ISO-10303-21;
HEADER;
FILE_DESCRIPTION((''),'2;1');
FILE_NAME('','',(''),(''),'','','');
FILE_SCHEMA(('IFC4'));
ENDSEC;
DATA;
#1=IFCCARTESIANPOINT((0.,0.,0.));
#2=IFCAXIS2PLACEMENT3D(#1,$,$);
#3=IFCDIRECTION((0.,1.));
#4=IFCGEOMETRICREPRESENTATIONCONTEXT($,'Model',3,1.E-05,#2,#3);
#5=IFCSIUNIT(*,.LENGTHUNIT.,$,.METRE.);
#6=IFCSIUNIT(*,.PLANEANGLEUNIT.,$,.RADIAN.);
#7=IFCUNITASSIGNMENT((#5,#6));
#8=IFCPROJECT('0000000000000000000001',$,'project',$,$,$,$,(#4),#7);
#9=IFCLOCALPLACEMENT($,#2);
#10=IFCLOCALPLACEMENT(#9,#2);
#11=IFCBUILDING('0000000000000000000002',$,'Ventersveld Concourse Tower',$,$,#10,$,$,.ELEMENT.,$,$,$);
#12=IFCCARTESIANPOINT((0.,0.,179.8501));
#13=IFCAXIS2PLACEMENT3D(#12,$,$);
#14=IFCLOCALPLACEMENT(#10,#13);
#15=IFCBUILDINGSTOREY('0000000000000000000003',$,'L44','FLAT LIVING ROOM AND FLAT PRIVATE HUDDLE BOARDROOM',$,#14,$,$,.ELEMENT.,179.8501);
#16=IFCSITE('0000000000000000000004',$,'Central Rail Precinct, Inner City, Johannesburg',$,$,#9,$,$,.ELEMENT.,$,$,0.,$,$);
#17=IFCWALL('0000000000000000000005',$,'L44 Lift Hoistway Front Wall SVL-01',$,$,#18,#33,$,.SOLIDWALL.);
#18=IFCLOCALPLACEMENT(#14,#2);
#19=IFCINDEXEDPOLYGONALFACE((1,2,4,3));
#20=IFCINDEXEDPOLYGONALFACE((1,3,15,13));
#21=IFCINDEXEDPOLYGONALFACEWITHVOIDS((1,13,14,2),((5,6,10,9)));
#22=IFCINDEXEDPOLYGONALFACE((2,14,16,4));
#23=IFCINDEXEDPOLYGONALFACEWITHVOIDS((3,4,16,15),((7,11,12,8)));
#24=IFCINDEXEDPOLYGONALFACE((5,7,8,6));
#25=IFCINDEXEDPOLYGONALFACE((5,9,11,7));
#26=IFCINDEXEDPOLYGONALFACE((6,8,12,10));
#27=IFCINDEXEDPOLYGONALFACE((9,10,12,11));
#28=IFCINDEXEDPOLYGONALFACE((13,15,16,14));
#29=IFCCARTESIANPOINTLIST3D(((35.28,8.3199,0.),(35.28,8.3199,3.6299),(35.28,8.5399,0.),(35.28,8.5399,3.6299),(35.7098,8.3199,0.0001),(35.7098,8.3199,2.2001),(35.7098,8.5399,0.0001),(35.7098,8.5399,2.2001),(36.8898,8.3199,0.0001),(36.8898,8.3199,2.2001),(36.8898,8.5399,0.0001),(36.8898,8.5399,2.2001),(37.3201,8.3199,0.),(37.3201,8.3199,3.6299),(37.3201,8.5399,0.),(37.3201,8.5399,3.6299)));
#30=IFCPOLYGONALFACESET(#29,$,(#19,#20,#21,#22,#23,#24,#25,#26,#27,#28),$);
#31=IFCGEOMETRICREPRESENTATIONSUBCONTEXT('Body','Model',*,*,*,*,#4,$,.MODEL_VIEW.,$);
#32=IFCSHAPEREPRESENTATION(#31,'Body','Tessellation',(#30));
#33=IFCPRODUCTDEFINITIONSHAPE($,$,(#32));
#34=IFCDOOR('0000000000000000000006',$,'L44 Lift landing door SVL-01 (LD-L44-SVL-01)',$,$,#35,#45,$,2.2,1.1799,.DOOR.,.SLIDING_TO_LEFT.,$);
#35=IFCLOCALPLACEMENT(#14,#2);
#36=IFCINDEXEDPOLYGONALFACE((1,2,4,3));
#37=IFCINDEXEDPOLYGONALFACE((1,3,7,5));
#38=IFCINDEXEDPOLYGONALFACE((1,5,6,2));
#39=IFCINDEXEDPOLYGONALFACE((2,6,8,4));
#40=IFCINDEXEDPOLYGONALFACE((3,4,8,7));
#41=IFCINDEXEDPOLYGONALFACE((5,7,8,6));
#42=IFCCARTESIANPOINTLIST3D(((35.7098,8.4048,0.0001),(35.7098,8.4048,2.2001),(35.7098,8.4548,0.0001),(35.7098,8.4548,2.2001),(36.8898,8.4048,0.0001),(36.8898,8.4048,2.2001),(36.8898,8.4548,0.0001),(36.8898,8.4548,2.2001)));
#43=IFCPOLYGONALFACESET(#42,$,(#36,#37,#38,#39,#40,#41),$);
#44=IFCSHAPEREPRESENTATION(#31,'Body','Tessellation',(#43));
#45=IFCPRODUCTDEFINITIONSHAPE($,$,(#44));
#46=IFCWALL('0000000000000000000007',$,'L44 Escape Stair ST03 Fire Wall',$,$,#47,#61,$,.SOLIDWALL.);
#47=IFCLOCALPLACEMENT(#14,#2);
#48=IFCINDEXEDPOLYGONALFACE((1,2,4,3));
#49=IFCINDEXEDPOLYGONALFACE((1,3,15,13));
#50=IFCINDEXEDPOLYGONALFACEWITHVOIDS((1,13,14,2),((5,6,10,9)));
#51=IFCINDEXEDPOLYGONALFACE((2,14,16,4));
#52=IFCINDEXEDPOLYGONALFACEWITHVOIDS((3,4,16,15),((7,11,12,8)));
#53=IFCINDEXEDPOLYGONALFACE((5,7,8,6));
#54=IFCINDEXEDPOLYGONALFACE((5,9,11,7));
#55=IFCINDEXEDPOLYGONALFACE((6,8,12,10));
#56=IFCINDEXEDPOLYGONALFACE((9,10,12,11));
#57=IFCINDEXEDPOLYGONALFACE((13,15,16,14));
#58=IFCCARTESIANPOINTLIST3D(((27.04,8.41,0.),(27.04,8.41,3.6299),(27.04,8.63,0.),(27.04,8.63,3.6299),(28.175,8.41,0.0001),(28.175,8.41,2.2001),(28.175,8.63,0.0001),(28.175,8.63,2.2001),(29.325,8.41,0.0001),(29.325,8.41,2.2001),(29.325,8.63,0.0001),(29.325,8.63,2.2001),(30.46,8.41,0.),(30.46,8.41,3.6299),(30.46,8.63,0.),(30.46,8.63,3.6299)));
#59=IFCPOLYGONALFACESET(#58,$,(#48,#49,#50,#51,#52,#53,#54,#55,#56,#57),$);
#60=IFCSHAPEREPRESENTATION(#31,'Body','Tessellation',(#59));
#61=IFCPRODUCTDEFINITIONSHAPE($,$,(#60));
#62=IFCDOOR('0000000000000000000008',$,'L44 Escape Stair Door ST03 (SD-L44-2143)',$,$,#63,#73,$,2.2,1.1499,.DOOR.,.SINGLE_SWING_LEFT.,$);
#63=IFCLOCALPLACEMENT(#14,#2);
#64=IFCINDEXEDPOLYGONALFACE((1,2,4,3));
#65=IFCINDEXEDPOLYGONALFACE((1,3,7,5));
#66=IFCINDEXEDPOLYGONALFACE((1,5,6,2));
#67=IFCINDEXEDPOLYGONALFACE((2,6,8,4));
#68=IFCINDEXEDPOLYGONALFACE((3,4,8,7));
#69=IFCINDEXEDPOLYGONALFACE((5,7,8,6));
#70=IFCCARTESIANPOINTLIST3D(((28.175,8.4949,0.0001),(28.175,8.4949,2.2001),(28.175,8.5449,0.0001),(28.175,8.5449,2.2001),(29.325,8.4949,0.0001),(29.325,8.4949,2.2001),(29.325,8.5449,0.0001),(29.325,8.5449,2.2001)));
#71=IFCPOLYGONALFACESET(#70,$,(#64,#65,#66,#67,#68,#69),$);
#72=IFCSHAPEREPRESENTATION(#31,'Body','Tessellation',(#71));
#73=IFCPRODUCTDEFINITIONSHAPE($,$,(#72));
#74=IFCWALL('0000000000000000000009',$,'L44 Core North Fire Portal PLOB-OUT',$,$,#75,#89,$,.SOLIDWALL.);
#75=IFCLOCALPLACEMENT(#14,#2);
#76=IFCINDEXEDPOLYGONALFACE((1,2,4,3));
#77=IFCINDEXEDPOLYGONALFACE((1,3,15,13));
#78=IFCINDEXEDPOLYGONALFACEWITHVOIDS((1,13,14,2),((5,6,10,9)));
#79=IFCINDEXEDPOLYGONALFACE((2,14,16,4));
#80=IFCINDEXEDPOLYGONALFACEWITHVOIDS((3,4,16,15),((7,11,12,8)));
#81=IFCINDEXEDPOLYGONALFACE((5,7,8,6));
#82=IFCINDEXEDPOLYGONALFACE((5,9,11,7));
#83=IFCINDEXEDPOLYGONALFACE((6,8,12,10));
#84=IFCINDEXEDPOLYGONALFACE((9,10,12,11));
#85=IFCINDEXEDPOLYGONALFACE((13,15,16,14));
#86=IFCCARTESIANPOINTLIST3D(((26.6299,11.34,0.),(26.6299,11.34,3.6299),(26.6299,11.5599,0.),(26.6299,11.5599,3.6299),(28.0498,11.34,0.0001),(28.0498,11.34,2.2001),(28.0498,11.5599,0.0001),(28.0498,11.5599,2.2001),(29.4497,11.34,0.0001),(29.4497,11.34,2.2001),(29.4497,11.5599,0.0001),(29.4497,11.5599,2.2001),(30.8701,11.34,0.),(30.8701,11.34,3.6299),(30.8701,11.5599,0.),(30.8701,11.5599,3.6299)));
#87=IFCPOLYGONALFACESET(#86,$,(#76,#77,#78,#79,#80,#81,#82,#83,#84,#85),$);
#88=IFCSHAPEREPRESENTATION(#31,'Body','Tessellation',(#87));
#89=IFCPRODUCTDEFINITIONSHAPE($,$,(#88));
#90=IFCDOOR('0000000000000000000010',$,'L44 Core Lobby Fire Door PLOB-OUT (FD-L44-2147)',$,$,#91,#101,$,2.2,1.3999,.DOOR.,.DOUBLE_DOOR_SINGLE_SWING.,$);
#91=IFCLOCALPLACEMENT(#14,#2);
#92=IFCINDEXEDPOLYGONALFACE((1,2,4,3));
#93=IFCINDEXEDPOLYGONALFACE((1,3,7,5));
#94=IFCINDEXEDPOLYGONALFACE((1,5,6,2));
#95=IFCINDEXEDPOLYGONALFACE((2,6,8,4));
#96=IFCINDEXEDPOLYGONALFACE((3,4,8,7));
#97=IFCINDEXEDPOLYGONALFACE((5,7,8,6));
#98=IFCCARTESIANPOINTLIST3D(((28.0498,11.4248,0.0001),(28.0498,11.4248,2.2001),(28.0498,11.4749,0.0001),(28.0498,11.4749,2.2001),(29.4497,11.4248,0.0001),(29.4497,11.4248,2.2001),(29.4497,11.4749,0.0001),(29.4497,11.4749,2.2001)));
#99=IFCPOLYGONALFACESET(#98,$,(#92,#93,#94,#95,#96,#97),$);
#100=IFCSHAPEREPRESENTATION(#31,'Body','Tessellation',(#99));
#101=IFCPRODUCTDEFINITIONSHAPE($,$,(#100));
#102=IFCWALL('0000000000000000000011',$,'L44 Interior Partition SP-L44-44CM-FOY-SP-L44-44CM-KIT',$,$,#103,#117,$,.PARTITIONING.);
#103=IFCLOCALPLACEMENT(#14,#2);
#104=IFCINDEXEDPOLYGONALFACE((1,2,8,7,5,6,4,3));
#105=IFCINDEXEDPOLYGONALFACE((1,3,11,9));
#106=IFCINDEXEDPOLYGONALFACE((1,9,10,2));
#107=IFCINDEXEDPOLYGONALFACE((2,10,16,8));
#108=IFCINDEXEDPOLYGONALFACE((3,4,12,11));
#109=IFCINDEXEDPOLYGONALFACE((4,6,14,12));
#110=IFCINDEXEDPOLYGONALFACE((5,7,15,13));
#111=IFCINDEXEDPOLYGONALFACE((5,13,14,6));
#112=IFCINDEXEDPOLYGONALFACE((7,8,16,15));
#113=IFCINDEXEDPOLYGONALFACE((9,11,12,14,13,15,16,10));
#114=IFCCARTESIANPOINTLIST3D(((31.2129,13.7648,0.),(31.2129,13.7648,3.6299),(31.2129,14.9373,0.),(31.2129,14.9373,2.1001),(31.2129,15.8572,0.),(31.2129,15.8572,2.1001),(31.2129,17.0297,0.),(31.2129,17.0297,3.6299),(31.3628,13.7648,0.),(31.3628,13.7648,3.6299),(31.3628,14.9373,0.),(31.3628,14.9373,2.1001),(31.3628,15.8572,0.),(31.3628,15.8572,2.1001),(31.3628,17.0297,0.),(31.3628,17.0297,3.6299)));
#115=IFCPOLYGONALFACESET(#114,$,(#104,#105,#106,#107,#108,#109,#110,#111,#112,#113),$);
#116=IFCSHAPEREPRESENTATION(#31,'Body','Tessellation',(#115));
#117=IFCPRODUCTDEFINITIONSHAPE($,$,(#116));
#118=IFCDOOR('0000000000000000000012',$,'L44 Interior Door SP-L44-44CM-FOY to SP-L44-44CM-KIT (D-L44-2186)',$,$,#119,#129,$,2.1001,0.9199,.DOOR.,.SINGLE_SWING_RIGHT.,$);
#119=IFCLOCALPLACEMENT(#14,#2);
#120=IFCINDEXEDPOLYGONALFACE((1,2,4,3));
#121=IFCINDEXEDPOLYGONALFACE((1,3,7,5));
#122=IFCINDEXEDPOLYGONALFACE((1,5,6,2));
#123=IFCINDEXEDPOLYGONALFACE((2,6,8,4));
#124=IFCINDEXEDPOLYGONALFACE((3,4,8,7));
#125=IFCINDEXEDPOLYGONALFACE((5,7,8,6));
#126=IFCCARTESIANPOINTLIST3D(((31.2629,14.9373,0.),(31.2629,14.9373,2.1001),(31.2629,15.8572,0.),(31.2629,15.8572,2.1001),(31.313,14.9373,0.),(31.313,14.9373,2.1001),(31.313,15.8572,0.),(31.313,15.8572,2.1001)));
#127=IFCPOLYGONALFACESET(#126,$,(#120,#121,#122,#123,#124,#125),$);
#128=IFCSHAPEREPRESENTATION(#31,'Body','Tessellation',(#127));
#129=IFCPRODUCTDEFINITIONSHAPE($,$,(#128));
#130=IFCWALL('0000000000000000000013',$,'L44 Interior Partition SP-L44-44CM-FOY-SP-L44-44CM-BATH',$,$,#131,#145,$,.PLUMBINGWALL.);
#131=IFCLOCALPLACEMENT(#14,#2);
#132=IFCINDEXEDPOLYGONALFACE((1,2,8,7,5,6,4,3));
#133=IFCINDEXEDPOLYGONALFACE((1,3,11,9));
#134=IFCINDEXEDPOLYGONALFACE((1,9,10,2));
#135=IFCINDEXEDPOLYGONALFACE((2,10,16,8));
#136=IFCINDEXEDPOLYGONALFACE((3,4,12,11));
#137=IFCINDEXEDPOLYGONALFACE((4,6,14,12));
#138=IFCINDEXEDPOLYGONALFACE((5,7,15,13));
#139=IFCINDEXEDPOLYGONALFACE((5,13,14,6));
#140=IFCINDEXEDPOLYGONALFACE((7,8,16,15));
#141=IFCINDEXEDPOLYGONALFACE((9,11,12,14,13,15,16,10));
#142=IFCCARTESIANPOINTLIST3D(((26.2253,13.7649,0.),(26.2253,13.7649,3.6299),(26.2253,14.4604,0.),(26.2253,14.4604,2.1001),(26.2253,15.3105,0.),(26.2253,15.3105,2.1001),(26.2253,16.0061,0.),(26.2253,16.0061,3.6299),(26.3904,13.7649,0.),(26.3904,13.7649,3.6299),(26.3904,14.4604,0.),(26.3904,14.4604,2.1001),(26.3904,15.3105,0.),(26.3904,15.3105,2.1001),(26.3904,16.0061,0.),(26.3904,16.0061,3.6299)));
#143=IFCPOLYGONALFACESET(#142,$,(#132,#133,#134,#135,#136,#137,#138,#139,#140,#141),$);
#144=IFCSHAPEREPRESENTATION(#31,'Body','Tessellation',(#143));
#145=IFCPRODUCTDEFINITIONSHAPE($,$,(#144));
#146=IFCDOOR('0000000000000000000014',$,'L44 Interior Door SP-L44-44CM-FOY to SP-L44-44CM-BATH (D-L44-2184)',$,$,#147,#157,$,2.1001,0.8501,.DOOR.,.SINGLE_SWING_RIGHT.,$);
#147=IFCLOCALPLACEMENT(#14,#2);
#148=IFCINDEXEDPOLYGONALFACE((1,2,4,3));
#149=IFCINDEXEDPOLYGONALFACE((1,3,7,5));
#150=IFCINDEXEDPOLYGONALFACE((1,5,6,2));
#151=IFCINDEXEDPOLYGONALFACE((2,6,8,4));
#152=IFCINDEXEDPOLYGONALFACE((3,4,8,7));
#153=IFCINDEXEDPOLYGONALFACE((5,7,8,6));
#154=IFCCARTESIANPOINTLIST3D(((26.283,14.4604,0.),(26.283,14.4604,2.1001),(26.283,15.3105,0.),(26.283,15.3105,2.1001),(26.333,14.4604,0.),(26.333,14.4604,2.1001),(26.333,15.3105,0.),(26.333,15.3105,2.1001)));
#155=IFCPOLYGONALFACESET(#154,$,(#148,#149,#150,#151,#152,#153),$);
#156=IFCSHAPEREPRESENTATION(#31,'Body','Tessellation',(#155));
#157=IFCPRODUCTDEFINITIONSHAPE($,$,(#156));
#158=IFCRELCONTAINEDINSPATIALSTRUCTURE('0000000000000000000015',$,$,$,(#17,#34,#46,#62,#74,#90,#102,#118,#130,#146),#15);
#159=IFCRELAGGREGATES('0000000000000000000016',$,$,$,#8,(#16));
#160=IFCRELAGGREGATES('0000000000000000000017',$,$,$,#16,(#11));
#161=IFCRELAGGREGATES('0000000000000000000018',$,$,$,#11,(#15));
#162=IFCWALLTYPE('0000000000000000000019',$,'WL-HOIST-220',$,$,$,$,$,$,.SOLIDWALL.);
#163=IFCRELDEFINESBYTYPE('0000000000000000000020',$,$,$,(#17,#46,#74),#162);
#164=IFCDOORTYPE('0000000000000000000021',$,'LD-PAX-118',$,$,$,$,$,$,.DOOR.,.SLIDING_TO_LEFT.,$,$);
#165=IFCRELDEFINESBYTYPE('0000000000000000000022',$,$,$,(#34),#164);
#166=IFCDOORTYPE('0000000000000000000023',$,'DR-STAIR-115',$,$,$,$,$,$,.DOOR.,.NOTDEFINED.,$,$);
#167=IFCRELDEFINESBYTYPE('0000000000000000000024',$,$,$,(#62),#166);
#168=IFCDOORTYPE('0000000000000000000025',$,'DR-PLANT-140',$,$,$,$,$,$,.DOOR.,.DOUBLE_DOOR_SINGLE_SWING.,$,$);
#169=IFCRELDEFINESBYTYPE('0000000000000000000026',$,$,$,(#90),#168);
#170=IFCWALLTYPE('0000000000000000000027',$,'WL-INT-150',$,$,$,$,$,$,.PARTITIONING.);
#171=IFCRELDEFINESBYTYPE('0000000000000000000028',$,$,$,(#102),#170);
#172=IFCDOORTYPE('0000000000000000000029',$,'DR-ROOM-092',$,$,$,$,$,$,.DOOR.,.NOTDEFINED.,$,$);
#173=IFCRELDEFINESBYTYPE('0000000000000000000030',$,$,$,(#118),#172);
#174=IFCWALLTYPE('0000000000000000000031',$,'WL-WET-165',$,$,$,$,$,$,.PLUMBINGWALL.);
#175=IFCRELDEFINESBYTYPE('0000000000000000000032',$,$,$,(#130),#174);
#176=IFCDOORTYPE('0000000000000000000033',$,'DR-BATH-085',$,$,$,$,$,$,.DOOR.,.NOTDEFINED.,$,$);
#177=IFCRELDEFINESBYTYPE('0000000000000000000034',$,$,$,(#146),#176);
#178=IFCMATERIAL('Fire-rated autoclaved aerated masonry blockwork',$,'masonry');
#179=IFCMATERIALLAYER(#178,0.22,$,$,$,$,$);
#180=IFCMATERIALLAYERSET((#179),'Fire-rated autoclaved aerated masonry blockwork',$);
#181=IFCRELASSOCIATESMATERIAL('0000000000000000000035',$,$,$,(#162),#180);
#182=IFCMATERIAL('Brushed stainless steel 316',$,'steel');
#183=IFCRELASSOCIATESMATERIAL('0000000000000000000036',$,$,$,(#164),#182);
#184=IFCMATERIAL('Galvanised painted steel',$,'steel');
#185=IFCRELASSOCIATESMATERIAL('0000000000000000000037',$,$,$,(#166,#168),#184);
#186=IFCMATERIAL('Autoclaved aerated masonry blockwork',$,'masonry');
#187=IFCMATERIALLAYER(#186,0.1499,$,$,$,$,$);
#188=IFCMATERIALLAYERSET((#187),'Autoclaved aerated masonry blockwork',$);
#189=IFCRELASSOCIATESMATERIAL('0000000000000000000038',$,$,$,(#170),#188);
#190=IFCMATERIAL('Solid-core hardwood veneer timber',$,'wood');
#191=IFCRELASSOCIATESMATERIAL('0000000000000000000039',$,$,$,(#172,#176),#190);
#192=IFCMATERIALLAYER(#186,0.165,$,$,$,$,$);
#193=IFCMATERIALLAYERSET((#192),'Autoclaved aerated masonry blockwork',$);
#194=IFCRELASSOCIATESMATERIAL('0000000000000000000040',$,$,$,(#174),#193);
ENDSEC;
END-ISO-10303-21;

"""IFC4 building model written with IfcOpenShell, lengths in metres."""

from ifc_helpers import new_model, si_unit, direction, frame, frame_2d, origin, place, context, subcontext, project, spatial, rectangle, extrude, material, layer, layer_set, type_object, element, fill, save


model = new_model("IFC4")

# Units and contexts
model_context = context("Model", 3, precision=1e-05, world=origin(), true_north=direction((0.0, 1.0)))
body_context = subcontext(model_context, "Body", "Model", "MODEL_VIEW")
ifc_project = project(units=[si_unit("LENGTHUNIT", "METRE"), si_unit("PLANEANGLEUNIT", "RADIAN")], contexts=[model_context])

# Site, building, storey
site_placement = place(None, origin())
site = spatial("IfcSite", under=ifc_project, at=site_placement, Name="Central Rail Precinct, Inner City, Johannesburg", CompositionType="ELEMENT", RefElevation=0.0)
building_placement = place(site_placement, origin())
building = spatial("IfcBuilding", under=site, at=building_placement, Name="Ventersveld Concourse Tower", CompositionType="ELEMENT")
storey_placement = place(building_placement, frame((0.0, 0.0, 179.8501)))
storey = spatial("IfcBuildingStorey", under=building, at=storey_placement, Name="L44", Description="FLAT LIVING ROOM AND FLAT PRIVATE HUDDLE BOARDROOM", CompositionType="ELEMENT", Elevation=179.8501)

# Shared definitions
ifc_material_1 = material(Name="Fire-rated autoclaved aerated masonry blockwork", Category="masonry")
ifc_material_2 = material(Name="Solid-core hardwood veneer timber", Category="wood")

# Shared definitions
ifc_layer_1 = layer(ifc_material_1, 0.22)
ifc_layer_set_1 = layer_set([ifc_layer_1], Name="Fire-rated autoclaved aerated masonry blockwork")
wall_type_1 = type_object("IfcWallType", Name="WL-HOIST-220", PredefinedType="SOLIDWALL", material=ifc_layer_set_1)

# Walls, openings, doors
wall_1_placement = place(storey_placement, frame((35.28, 8.4299, 0.0), z_axis=(0.0, 0.0, 1.0), x_axis=(1.0, 0.0, 0.0)))
wall_1 = element("IfcWall", 1, at=wall_1_placement, inside=storey, type_object=wall_type_1, Name="L44 Lift Hoistway Front Wall SVL-01", PredefinedType="SOLIDWALL", context=body_context, shape_type="SweptSolid", body=[
    extrude(rectangle(XDim=2.04, YDim=0.22, at=frame_2d((1.02, 0.0))), origin(), (0.0, 0.0, 1.0), 3.6299),
])
opening_1_placement = place(wall_1_placement, frame((0.4299, 0.0, 0.0)))
opening_1 = element("IfcOpeningElement", 2, at=opening_1_placement, cuts=wall_1, PredefinedType="OPENING", context=body_context, shape_type="SweptSolid", body=[
    extrude(rectangle(XDim=1.1799, YDim=2.2, at=frame_2d((0.5898, 1.1001))), frame((0.0, 0.1201, 0.0), z_axis=(0.0, -1.0, 0.0), x_axis=(1.0, 0.0, 0.0)), (0.0, 0.0, 1.0), 0.24),
])
ifc_material_3 = material(Name="Brushed stainless steel 316", Category="steel")
door_type_1 = type_object("IfcDoorType", Name="LD-PAX-118", OperationType="SLIDING_TO_LEFT", PredefinedType="DOOR", material=ifc_material_3)
door_1_placement = place(opening_1_placement, origin())
door_1 = element("IfcDoor", 3, at=door_1_placement, inside=storey, type_object=door_type_1, Name="L44 Lift landing door SVL-01 (LD-L44-SVL-01)", OperationType="SLIDING_TO_LEFT", OverallHeight=2.2, OverallWidth=1.1799, PredefinedType="DOOR", context=body_context, shape_type="SweptSolid", body=[
    extrude(rectangle(XDim=1.1799, YDim=2.2, at=frame_2d((0.5898, 1.1001))), frame((0.0, 0.0249, 0.0), z_axis=(0.0, -1.0, 0.0), x_axis=(1.0, 0.0, 0.0)), (0.0, 0.0, 1.0), 0.05),
])
fill(opening_1, door_1)
wall_2_placement = place(storey_placement, frame((27.04, 8.52, 0.0), z_axis=(0.0, 0.0, 1.0), x_axis=(1.0, 0.0, 0.0)))
wall_2 = element("IfcWall", 4, at=wall_2_placement, inside=storey, type_object=wall_type_1, Name="L44 Escape Stair ST03 Fire Wall", PredefinedType="SOLIDWALL", context=body_context, shape_type="SweptSolid", body=[
    extrude(rectangle(XDim=3.4199, YDim=0.22, at=frame_2d((1.71, 0.0))), origin(), (0.0, 0.0, 1.0), 3.6299),
])
opening_2_placement = place(wall_2_placement, frame((1.135, 0.0, 0.0)))
opening_2 = element("IfcOpeningElement", 5, at=opening_2_placement, cuts=wall_2, PredefinedType="OPENING", context=body_context, shape_type="SweptSolid", body=[
    extrude(rectangle(XDim=1.1499, YDim=2.2, at=frame_2d((0.575, 1.1001))), frame((0.0, 0.1201, 0.0), z_axis=(0.0, -1.0, 0.0), x_axis=(1.0, 0.0, 0.0)), (0.0, 0.0, 1.0), 0.24),
])
ifc_material_4 = material(Name="Galvanised painted steel", Category="steel")
door_type_2 = type_object("IfcDoorType", Name="DR-STAIR-115", OperationType="NOTDEFINED", PredefinedType="DOOR", material=ifc_material_4)
door_2_placement = place(opening_2_placement, origin())
door_2 = element("IfcDoor", 6, at=door_2_placement, inside=storey, type_object=door_type_2, Name="L44 Escape Stair Door ST03 (SD-L44-2143)", OperationType="SINGLE_SWING_LEFT", OverallHeight=2.2, OverallWidth=1.1499, PredefinedType="DOOR", context=body_context, shape_type="SweptSolid", body=[
    extrude(rectangle(XDim=1.1499, YDim=2.2, at=frame_2d((0.575, 1.1001))), frame((0.0, 0.0249, 0.0), z_axis=(0.0, -1.0, 0.0), x_axis=(1.0, 0.0, 0.0)), (0.0, 0.0, 1.0), 0.05),
])
fill(opening_2, door_2)
wall_3_placement = place(storey_placement, frame((26.6299, 11.45, 0.0), z_axis=(0.0, 0.0, 1.0), x_axis=(1.0, 0.0, 0.0)))
wall_3 = element("IfcWall", 7, at=wall_3_placement, inside=storey, type_object=wall_type_1, Name="L44 Core North Fire Portal PLOB-OUT", PredefinedType="SOLIDWALL", context=body_context, shape_type="SweptSolid", body=[
    extrude(rectangle(XDim=4.2402, YDim=0.22, at=frame_2d((2.1201, 0.0))), origin(), (0.0, 0.0, 1.0), 3.6299),
])
opening_3_placement = place(wall_3_placement, frame((1.4199, 0.0, 0.0)))
opening_3 = element("IfcOpeningElement", 8, at=opening_3_placement, cuts=wall_3, PredefinedType="OPENING", context=body_context, shape_type="SweptSolid", body=[
    extrude(rectangle(XDim=1.3999, YDim=2.2, at=frame_2d((0.7, 1.1001))), frame((0.0, 0.1201, 0.0), z_axis=(0.0, -1.0, 0.0), x_axis=(1.0, 0.0, 0.0)), (0.0, 0.0, 1.0), 0.24),
])
door_type_3 = type_object("IfcDoorType", Name="DR-PLANT-140", OperationType="DOUBLE_DOOR_SINGLE_SWING", PredefinedType="DOOR", material=ifc_material_4)
door_3_placement = place(opening_3_placement, origin())
door_3 = element("IfcDoor", 9, at=door_3_placement, inside=storey, type_object=door_type_3, Name="L44 Core Lobby Fire Door PLOB-OUT (FD-L44-2147)", OperationType="DOUBLE_DOOR_SINGLE_SWING", OverallHeight=2.2, OverallWidth=1.3999, PredefinedType="DOOR", context=body_context, shape_type="SweptSolid", body=[
    extrude(rectangle(XDim=1.3999, YDim=2.2, at=frame_2d((0.7, 1.1001))), frame((0.0, 0.0249, 0.0), z_axis=(0.0, -1.0, 0.0), x_axis=(1.0, 0.0, 0.0)), (0.0, 0.0, 1.0), 0.05),
])
fill(opening_3, door_3)
ifc_material_5 = material(Name="Autoclaved aerated masonry blockwork", Category="masonry")
ifc_layer_2 = layer(ifc_material_5, 0.1499)
ifc_layer_set_2 = layer_set([ifc_layer_2], Name="Autoclaved aerated masonry blockwork")
wall_type_2 = type_object("IfcWallType", Name="WL-INT-150", PredefinedType="PARTITIONING", material=ifc_layer_set_2)
wall_4_placement = place(storey_placement, frame((31.2878, 13.7649, 0.0), z_axis=(0.0, 0.0, 1.0), x_axis=(0.0, 1.0, 0.0)))
wall_4 = element("IfcWall", 10, at=wall_4_placement, inside=storey, type_object=wall_type_2, Name="L44 Interior Partition SP-L44-44CM-FOY-SP-L44-44CM-KIT", PredefinedType="PARTITIONING", context=body_context, shape_type="SweptSolid", body=[
    extrude(rectangle(XDim=3.2649, YDim=0.1499, at=frame_2d((1.6323, 0.0))), origin(), (0.0, 0.0, 1.0), 3.6299),
])
opening_4_placement = place(wall_4_placement, frame((1.1724, 0.0, 0.0)))
opening_4 = element("IfcOpeningElement", 11, at=opening_4_placement, cuts=wall_4, PredefinedType="OPENING", context=body_context, shape_type="SweptSolid", body=[
    extrude(rectangle(XDim=0.9199, YDim=2.1001, at=frame_2d((0.46, 1.05))), frame((0.0, 0.085, 0.0), z_axis=(0.0, -1.0, 0.0), x_axis=(1.0, 0.0, 0.0)), (0.0, 0.0, 1.0), 0.1699),
])
door_type_4 = type_object("IfcDoorType", Name="DR-ROOM-092", OperationType="NOTDEFINED", PredefinedType="DOOR", material=ifc_material_2)
door_4_placement = place(opening_4_placement, origin())
door_4 = element("IfcDoor", 12, at=door_4_placement, inside=storey, type_object=door_type_4, Name="L44 Interior Door SP-L44-44CM-FOY to SP-L44-44CM-KIT (D-L44-2186)", OperationType="SINGLE_SWING_RIGHT", OverallHeight=2.1001, OverallWidth=0.9199, PredefinedType="DOOR", context=body_context, shape_type="SweptSolid", body=[
    extrude(rectangle(XDim=0.9199, YDim=2.1001, at=frame_2d((0.46, 1.05))), frame((0.0, 0.0249, 0.0), z_axis=(0.0, -1.0, 0.0), x_axis=(1.0, 0.0, 0.0)), (0.0, 0.0, 1.0), 0.05),
])
fill(opening_4, door_4)
ifc_layer_3 = layer(ifc_material_5, 0.165)
ifc_layer_set_3 = layer_set([ifc_layer_3], Name="Autoclaved aerated masonry blockwork")
wall_type_3 = type_object("IfcWallType", Name="WL-WET-165", PredefinedType="PLUMBINGWALL", material=ifc_layer_set_3)
wall_5_placement = place(storey_placement, frame((26.3079, 13.7649, 0.0), z_axis=(0.0, 0.0, 1.0), x_axis=(0.0, 1.0, 0.0)))
wall_5 = element("IfcWall", 13, at=wall_5_placement, inside=storey, type_object=wall_type_3, Name="L44 Interior Partition SP-L44-44CM-FOY-SP-L44-44CM-BATH", PredefinedType="PLUMBINGWALL", context=body_context, shape_type="SweptSolid", body=[
    extrude(rectangle(XDim=2.2412, YDim=0.165, at=frame_2d((1.1206, 0.0))), origin(), (0.0, 0.0, 1.0), 3.6299),
])
opening_5_placement = place(wall_5_placement, frame((0.6956, 0.0, 0.0)))
opening_5 = element("IfcOpeningElement", 14, at=opening_5_placement, cuts=wall_5, PredefinedType="OPENING", context=body_context, shape_type="SweptSolid", body=[
    extrude(rectangle(XDim=0.8501, YDim=2.1001, at=frame_2d((0.425, 1.05))), frame((0.0, 0.0925, 0.0), z_axis=(0.0, -1.0, 0.0), x_axis=(1.0, 0.0, 0.0)), (0.0, 0.0, 1.0), 0.1851),
])
door_type_5 = type_object("IfcDoorType", Name="DR-BATH-085", OperationType="NOTDEFINED", PredefinedType="DOOR", material=ifc_material_2)
door_5_placement = place(opening_5_placement, origin())
door_5 = element("IfcDoor", 15, at=door_5_placement, inside=storey, type_object=door_type_5, Name="L44 Interior Door SP-L44-44CM-FOY to SP-L44-44CM-BATH (D-L44-2184)", OperationType="SINGLE_SWING_RIGHT", OverallHeight=2.1001, OverallWidth=0.8501, PredefinedType="DOOR", context=body_context, shape_type="SweptSolid", body=[
    extrude(rectangle(XDim=0.8501, YDim=2.1001, at=frame_2d((0.425, 1.05))), frame((0.0, 0.0249, 0.0), z_axis=(0.0, -1.0, 0.0), x_axis=(1.0, 0.0, 0.0)), (0.0, 0.0, 1.0), 0.05),
])
fill(opening_5, door_5)

save(model, "model.ifc")
